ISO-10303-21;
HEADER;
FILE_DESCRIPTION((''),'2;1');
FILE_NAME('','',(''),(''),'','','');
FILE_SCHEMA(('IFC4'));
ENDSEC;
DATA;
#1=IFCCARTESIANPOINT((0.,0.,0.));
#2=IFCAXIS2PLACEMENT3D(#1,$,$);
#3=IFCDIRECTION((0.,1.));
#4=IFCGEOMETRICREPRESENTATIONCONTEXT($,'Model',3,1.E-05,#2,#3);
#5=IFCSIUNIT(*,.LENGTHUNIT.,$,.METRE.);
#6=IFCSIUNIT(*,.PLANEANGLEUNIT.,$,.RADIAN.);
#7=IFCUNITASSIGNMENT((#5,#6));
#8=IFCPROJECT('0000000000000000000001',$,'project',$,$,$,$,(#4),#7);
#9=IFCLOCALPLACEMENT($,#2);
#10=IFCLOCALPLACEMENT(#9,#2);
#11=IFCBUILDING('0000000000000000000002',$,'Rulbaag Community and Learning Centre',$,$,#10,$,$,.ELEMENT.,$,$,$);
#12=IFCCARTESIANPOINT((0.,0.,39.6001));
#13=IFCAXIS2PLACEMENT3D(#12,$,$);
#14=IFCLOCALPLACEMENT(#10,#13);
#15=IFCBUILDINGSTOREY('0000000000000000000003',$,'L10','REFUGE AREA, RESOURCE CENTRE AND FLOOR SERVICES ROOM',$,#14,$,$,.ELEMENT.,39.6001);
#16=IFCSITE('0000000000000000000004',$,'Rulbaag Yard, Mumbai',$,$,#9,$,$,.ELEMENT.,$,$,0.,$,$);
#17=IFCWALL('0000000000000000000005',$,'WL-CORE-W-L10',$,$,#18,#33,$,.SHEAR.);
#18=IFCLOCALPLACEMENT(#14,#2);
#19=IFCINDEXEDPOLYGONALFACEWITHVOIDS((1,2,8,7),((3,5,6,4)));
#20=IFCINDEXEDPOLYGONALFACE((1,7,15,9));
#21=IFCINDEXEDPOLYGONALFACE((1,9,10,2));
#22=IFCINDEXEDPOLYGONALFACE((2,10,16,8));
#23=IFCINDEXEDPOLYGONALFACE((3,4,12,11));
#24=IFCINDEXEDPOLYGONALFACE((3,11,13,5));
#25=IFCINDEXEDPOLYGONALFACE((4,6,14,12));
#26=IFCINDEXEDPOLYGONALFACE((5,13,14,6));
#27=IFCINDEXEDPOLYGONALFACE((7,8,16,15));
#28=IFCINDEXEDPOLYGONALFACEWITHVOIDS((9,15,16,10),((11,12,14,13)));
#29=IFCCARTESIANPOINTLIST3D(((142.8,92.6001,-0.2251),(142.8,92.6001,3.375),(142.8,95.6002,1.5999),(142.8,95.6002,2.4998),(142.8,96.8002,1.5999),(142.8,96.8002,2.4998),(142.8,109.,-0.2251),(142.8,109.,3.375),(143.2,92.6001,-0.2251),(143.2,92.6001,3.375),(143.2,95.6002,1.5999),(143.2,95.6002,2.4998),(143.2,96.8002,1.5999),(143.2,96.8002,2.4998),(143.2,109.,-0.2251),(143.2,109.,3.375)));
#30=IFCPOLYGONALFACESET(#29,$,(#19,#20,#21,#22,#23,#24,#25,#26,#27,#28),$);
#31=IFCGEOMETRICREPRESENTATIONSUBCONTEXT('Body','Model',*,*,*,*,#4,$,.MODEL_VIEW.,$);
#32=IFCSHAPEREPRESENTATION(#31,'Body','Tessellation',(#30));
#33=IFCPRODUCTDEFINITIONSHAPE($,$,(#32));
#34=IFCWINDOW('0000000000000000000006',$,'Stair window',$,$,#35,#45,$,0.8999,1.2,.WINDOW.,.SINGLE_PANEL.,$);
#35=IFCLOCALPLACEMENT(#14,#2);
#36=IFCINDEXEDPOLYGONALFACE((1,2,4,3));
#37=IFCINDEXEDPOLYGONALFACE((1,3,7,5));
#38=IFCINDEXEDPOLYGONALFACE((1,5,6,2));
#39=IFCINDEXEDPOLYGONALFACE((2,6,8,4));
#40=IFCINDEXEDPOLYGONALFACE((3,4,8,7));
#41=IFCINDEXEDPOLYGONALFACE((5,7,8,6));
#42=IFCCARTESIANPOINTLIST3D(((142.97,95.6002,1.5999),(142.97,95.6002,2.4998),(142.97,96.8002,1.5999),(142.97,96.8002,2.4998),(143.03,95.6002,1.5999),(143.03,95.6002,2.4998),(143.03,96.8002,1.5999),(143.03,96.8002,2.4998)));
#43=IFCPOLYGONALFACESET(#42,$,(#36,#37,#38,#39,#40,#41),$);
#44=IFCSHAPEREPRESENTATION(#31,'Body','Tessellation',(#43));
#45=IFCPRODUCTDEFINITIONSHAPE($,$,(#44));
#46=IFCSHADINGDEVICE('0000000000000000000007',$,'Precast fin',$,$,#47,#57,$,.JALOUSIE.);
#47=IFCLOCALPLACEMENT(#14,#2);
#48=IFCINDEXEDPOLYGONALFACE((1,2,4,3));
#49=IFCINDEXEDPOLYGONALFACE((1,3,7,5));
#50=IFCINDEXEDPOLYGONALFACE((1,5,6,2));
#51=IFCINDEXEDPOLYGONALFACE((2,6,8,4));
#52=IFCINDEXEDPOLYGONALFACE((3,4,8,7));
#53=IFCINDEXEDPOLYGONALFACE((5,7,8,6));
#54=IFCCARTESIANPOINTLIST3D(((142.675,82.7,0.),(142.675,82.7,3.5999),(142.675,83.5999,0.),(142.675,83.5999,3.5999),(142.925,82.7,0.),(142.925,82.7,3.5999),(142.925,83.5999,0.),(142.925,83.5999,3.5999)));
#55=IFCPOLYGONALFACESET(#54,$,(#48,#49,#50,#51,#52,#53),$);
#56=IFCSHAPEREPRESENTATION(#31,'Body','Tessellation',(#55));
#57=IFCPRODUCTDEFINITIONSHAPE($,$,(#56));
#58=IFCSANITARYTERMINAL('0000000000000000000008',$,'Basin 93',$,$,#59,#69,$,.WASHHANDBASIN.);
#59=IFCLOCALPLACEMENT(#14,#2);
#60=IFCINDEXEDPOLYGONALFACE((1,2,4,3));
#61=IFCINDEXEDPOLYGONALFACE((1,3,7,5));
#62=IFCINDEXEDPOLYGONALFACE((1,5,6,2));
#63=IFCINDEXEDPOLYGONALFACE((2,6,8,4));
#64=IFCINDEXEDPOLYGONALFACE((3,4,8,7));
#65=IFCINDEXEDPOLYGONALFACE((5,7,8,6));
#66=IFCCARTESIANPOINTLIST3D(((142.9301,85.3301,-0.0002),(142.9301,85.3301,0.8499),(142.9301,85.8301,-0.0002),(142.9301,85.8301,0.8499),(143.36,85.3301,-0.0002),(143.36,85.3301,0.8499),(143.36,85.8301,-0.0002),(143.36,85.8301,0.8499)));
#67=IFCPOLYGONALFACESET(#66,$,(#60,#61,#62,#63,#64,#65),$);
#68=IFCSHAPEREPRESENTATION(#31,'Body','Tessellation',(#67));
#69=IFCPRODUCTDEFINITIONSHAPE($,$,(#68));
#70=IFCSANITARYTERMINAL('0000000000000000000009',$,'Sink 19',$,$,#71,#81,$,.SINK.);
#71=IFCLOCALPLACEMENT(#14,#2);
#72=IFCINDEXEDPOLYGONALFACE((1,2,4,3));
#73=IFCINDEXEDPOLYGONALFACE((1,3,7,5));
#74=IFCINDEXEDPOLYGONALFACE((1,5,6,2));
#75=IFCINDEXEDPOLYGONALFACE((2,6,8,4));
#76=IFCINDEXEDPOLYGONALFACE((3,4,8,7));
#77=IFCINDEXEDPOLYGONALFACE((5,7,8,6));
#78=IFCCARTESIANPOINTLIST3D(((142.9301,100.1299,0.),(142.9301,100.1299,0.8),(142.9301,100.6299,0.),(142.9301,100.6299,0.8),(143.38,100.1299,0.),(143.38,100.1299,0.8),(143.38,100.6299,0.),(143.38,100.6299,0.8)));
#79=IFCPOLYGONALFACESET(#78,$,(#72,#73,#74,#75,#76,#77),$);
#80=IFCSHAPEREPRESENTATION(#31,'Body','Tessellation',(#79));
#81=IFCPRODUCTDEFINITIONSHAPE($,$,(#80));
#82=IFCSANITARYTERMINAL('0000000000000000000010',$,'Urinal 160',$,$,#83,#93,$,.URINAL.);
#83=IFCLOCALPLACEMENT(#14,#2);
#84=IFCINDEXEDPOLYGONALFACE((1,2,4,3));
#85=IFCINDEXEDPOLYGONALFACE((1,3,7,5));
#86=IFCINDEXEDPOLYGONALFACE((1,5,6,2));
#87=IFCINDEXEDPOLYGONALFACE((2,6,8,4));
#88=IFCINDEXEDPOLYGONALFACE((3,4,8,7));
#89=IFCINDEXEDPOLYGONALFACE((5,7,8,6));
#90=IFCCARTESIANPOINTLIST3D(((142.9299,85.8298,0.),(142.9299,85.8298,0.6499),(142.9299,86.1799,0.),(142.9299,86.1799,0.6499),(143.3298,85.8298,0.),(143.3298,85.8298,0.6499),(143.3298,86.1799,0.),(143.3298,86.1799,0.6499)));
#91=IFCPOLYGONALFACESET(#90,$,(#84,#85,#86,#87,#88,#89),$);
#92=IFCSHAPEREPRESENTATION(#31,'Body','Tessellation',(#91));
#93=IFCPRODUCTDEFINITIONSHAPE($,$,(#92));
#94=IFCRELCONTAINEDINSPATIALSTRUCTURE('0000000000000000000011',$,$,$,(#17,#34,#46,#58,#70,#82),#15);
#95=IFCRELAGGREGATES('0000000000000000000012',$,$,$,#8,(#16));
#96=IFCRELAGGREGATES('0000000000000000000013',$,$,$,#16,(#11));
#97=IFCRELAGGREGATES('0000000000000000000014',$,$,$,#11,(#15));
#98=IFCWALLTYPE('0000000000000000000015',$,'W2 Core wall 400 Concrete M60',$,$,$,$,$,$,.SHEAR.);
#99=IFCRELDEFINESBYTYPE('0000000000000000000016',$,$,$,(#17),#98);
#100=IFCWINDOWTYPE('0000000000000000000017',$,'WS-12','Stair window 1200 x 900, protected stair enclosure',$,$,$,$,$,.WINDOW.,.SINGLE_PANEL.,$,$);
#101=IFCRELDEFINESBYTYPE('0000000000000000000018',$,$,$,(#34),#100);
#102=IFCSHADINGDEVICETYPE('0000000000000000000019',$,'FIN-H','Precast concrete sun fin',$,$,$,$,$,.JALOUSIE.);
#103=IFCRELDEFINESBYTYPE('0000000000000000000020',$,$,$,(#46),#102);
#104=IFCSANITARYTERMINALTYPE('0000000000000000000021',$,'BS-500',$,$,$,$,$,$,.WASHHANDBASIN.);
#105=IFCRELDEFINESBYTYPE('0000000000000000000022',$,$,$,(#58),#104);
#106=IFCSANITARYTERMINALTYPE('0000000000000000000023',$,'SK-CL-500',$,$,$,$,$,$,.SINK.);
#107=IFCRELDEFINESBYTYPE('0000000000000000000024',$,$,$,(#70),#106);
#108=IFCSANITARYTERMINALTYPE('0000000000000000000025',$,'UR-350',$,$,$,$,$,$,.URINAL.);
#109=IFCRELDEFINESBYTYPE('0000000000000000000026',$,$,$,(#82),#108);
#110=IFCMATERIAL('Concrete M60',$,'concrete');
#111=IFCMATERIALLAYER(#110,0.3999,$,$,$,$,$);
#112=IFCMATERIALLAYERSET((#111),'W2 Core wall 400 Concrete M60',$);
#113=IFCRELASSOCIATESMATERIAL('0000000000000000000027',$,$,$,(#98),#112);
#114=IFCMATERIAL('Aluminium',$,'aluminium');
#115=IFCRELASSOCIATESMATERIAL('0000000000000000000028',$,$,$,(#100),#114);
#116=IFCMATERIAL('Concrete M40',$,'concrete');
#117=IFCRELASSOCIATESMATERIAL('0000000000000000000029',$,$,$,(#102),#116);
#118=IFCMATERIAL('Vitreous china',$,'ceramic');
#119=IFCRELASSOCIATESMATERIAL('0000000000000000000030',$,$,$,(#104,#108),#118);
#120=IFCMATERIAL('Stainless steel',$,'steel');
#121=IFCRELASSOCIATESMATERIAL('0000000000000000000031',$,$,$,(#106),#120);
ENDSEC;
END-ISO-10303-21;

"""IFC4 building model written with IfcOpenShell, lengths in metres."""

from ifc_helpers import new_model, si_unit, direction, frame, frame_2d, origin, origin_2d, place, context, subcontext, project, spatial, rectangle, extrude, material, layer, layer_set, material_profile, profile_set, type_object, element, fill, save


model = new_model("IFC4")

# Units and contexts
model_context = context("Model", 3, precision=1e-05, world=origin(), true_north=direction((0.0, 1.0)))
body_context = subcontext(model_context, "Body", "Model", "MODEL_VIEW")
ifc_project = project(units=[si_unit("LENGTHUNIT", "METRE"), si_unit("PLANEANGLEUNIT", "RADIAN")], contexts=[model_context])

# Site, building, storey
site_placement = place(None, origin())
site = spatial("IfcSite", under=ifc_project, at=site_placement, Name="Rulbaag Yard, Mumbai", CompositionType="ELEMENT", RefElevation=0.0)
building_placement = place(site_placement, origin())
building = spatial("IfcBuilding", under=site, at=building_placement, Name="Rulbaag Community and Learning Centre", CompositionType="ELEMENT")
storey_placement = place(building_placement, frame((0.0, 0.0, 39.6001)))
storey = spatial("IfcBuildingStorey", under=building, at=storey_placement, Name="L10", Description="REFUGE AREA, RESOURCE CENTRE AND FLOOR SERVICES ROOM", CompositionType="ELEMENT", Elevation=39.6001)

# Shared definitions
ifc_material_1 = material(Name="Concrete M40", Category="concrete")

# Shared definitions
ifc_material_2 = material(Name="Aluminium", Category="aluminium")

# Wall, opening, window
ifc_material_3 = material(Name="Concrete M60", Category="concrete")
ifc_layer_1 = layer(ifc_material_3, 0.3999)
ifc_layer_set_1 = layer_set([ifc_layer_1], Name="W2 Core wall 400 Concrete M60")
wall_type_1 = type_object("IfcWallType", Name="W2 Core wall 400 Concrete M60", PredefinedType="SHEAR", material=ifc_layer_set_1)
wall_1_placement = place(storey_placement, frame((143.0, 92.6001, -0.2251), z_axis=(0.0, 0.0, 1.0), x_axis=(0.0, 1.0, 0.0)))
wall_1 = element("IfcWall", 1, at=wall_1_placement, inside=storey, type_object=wall_type_1, Name="WL-CORE-W-L10", PredefinedType="SHEAR", context=body_context, shape_type="SweptSolid", body=[
    extrude(rectangle(XDim=16.3999, YDim=0.3999, at=frame_2d((8.2, 0.0))), origin(), (0.0, 0.0, 1.0), 3.6001),
])
opening_1_placement = place(wall_1_placement, frame((3.0, 0.0, 1.825)))
opening_1 = element("IfcOpeningElement", 2, at=opening_1_placement, cuts=wall_1, PredefinedType="OPENING", context=body_context, shape_type="SweptSolid", body=[
    extrude(rectangle(XDim=1.2, YDim=0.8999, at=frame_2d((0.6001, 0.45))), frame((0.0, 0.21, 0.0), z_axis=(0.0, -1.0, 0.0), x_axis=(1.0, 0.0, 0.0)), (0.0, 0.0, 1.0), 0.4199),
])
window_type = type_object("IfcWindowType", Name="WS-12", Description="Stair window 1200 x 900, protected stair enclosure", PartitioningType="SINGLE_PANEL", PredefinedType="WINDOW", material=ifc_material_2)
window_placement = place(opening_1_placement, origin())
window = element("IfcWindow", 3, at=window_placement, inside=storey, type_object=window_type, Name="Stair window", OverallHeight=0.8999, OverallWidth=1.2, PartitioningType="SINGLE_PANEL", PredefinedType="WINDOW", context=body_context, shape_type="SweptSolid", body=[
    extrude(rectangle(XDim=1.2, YDim=0.8999, at=frame_2d((0.6001, 0.45))), frame((0.0, 0.03, 0.0), z_axis=(0.0, -1.0, 0.0), x_axis=(1.0, 0.0, 0.0)), (0.0, 0.0, 1.0), 0.0601),
])
fill(opening_1, window)

# Shading device
ifc_material_profile_1 = material_profile(ifc_material_1, rectangle(XDim=0.25, YDim=0.8999, at=origin_2d()), Name="PC 250x900")
ifc_profile_set_1 = profile_set([ifc_material_profile_1], Name="Concrete M40")
shading_device_type = type_object("IfcShadingDeviceType", Name="FIN-H", Description="Precast concrete sun fin", PredefinedType="JALOUSIE", material=ifc_profile_set_1)
shading_device_placement = place(storey_placement, frame((142.8, 83.1499, 0.0), z_axis=(0.0, 0.0, 1.0), x_axis=(1.0, 0.0, 0.0)))
element("IfcShadingDevice", 4, at=shading_device_placement, inside=storey, type_object=shading_device_type, Name="Precast fin", PredefinedType="JALOUSIE", context=body_context, shape_type="SweptSolid", body=[
    extrude(rectangle(XDim=0.25, YDim=0.8999, at=origin_2d()), origin(), (0.0, 0.0, 1.0), 3.5999),
])

# Sanitary terminals
ifc_material_4 = material(Name="Vitreous china", Category="ceramic")
sanitary_terminal_type_1 = type_object("IfcSanitaryTerminalType", Name="BS-500", PredefinedType="WASHHANDBASIN", material=ifc_material_4)
sanitary_terminal_1_placement = place(storey_placement, frame((143.145, 85.5801, -0.0002), z_axis=(0.0, 0.0, 1.0), x_axis=(1.0, 0.0, 0.0)))
element("IfcSanitaryTerminal", 5, at=sanitary_terminal_1_placement, inside=storey, type_object=sanitary_terminal_type_1, Name="Basin 93", PredefinedType="WASHHANDBASIN", context=body_context, shape_type="SweptSolid", body=[
    extrude(rectangle(XDim=0.4299, YDim=0.5, at=origin_2d()), origin(), (0.0, 0.0, 1.0), 0.8501),
])
ifc_material_5 = material(Name="Stainless steel", Category="steel")
sanitary_terminal_type_2 = type_object("IfcSanitaryTerminalType", Name="SK-CL-500", PredefinedType="SINK", material=ifc_material_5)
sanitary_terminal_2_placement = place(storey_placement, frame((143.155, 100.3799, 0.0), z_axis=(0.0, 0.0, 1.0), x_axis=(1.0, 0.0, 0.0)))
element("IfcSanitaryTerminal", 6, at=sanitary_terminal_2_placement, inside=storey, type_object=sanitary_terminal_type_2, Name="Sink 19", PredefinedType="SINK", context=body_context, shape_type="SweptSolid", body=[
    extrude(rectangle(XDim=0.45, YDim=0.5, at=origin_2d()), origin(), (0.0, 0.0, 1.0), 0.8),
])
sanitary_terminal_type_3 = type_object("IfcSanitaryTerminalType", Name="UR-350", PredefinedType="URINAL", material=ifc_material_4)
sanitary_terminal_3_placement = place(storey_placement, frame((143.1299, 86.0049, 0.0), z_axis=(0.0, 0.0, 1.0), x_axis=(1.0, 0.0, 0.0)))
element("IfcSanitaryTerminal", 7, at=sanitary_terminal_3_placement, inside=storey, type_object=sanitary_terminal_type_3, Name="Urinal 160", PredefinedType="URINAL", context=body_context, shape_type="SweptSolid", body=[
    extrude(rectangle(XDim=0.3999, YDim=0.3501, at=origin_2d()), origin(), (0.0, 0.0, 1.0), 0.6499),
])

save(model, "model.ifc")
